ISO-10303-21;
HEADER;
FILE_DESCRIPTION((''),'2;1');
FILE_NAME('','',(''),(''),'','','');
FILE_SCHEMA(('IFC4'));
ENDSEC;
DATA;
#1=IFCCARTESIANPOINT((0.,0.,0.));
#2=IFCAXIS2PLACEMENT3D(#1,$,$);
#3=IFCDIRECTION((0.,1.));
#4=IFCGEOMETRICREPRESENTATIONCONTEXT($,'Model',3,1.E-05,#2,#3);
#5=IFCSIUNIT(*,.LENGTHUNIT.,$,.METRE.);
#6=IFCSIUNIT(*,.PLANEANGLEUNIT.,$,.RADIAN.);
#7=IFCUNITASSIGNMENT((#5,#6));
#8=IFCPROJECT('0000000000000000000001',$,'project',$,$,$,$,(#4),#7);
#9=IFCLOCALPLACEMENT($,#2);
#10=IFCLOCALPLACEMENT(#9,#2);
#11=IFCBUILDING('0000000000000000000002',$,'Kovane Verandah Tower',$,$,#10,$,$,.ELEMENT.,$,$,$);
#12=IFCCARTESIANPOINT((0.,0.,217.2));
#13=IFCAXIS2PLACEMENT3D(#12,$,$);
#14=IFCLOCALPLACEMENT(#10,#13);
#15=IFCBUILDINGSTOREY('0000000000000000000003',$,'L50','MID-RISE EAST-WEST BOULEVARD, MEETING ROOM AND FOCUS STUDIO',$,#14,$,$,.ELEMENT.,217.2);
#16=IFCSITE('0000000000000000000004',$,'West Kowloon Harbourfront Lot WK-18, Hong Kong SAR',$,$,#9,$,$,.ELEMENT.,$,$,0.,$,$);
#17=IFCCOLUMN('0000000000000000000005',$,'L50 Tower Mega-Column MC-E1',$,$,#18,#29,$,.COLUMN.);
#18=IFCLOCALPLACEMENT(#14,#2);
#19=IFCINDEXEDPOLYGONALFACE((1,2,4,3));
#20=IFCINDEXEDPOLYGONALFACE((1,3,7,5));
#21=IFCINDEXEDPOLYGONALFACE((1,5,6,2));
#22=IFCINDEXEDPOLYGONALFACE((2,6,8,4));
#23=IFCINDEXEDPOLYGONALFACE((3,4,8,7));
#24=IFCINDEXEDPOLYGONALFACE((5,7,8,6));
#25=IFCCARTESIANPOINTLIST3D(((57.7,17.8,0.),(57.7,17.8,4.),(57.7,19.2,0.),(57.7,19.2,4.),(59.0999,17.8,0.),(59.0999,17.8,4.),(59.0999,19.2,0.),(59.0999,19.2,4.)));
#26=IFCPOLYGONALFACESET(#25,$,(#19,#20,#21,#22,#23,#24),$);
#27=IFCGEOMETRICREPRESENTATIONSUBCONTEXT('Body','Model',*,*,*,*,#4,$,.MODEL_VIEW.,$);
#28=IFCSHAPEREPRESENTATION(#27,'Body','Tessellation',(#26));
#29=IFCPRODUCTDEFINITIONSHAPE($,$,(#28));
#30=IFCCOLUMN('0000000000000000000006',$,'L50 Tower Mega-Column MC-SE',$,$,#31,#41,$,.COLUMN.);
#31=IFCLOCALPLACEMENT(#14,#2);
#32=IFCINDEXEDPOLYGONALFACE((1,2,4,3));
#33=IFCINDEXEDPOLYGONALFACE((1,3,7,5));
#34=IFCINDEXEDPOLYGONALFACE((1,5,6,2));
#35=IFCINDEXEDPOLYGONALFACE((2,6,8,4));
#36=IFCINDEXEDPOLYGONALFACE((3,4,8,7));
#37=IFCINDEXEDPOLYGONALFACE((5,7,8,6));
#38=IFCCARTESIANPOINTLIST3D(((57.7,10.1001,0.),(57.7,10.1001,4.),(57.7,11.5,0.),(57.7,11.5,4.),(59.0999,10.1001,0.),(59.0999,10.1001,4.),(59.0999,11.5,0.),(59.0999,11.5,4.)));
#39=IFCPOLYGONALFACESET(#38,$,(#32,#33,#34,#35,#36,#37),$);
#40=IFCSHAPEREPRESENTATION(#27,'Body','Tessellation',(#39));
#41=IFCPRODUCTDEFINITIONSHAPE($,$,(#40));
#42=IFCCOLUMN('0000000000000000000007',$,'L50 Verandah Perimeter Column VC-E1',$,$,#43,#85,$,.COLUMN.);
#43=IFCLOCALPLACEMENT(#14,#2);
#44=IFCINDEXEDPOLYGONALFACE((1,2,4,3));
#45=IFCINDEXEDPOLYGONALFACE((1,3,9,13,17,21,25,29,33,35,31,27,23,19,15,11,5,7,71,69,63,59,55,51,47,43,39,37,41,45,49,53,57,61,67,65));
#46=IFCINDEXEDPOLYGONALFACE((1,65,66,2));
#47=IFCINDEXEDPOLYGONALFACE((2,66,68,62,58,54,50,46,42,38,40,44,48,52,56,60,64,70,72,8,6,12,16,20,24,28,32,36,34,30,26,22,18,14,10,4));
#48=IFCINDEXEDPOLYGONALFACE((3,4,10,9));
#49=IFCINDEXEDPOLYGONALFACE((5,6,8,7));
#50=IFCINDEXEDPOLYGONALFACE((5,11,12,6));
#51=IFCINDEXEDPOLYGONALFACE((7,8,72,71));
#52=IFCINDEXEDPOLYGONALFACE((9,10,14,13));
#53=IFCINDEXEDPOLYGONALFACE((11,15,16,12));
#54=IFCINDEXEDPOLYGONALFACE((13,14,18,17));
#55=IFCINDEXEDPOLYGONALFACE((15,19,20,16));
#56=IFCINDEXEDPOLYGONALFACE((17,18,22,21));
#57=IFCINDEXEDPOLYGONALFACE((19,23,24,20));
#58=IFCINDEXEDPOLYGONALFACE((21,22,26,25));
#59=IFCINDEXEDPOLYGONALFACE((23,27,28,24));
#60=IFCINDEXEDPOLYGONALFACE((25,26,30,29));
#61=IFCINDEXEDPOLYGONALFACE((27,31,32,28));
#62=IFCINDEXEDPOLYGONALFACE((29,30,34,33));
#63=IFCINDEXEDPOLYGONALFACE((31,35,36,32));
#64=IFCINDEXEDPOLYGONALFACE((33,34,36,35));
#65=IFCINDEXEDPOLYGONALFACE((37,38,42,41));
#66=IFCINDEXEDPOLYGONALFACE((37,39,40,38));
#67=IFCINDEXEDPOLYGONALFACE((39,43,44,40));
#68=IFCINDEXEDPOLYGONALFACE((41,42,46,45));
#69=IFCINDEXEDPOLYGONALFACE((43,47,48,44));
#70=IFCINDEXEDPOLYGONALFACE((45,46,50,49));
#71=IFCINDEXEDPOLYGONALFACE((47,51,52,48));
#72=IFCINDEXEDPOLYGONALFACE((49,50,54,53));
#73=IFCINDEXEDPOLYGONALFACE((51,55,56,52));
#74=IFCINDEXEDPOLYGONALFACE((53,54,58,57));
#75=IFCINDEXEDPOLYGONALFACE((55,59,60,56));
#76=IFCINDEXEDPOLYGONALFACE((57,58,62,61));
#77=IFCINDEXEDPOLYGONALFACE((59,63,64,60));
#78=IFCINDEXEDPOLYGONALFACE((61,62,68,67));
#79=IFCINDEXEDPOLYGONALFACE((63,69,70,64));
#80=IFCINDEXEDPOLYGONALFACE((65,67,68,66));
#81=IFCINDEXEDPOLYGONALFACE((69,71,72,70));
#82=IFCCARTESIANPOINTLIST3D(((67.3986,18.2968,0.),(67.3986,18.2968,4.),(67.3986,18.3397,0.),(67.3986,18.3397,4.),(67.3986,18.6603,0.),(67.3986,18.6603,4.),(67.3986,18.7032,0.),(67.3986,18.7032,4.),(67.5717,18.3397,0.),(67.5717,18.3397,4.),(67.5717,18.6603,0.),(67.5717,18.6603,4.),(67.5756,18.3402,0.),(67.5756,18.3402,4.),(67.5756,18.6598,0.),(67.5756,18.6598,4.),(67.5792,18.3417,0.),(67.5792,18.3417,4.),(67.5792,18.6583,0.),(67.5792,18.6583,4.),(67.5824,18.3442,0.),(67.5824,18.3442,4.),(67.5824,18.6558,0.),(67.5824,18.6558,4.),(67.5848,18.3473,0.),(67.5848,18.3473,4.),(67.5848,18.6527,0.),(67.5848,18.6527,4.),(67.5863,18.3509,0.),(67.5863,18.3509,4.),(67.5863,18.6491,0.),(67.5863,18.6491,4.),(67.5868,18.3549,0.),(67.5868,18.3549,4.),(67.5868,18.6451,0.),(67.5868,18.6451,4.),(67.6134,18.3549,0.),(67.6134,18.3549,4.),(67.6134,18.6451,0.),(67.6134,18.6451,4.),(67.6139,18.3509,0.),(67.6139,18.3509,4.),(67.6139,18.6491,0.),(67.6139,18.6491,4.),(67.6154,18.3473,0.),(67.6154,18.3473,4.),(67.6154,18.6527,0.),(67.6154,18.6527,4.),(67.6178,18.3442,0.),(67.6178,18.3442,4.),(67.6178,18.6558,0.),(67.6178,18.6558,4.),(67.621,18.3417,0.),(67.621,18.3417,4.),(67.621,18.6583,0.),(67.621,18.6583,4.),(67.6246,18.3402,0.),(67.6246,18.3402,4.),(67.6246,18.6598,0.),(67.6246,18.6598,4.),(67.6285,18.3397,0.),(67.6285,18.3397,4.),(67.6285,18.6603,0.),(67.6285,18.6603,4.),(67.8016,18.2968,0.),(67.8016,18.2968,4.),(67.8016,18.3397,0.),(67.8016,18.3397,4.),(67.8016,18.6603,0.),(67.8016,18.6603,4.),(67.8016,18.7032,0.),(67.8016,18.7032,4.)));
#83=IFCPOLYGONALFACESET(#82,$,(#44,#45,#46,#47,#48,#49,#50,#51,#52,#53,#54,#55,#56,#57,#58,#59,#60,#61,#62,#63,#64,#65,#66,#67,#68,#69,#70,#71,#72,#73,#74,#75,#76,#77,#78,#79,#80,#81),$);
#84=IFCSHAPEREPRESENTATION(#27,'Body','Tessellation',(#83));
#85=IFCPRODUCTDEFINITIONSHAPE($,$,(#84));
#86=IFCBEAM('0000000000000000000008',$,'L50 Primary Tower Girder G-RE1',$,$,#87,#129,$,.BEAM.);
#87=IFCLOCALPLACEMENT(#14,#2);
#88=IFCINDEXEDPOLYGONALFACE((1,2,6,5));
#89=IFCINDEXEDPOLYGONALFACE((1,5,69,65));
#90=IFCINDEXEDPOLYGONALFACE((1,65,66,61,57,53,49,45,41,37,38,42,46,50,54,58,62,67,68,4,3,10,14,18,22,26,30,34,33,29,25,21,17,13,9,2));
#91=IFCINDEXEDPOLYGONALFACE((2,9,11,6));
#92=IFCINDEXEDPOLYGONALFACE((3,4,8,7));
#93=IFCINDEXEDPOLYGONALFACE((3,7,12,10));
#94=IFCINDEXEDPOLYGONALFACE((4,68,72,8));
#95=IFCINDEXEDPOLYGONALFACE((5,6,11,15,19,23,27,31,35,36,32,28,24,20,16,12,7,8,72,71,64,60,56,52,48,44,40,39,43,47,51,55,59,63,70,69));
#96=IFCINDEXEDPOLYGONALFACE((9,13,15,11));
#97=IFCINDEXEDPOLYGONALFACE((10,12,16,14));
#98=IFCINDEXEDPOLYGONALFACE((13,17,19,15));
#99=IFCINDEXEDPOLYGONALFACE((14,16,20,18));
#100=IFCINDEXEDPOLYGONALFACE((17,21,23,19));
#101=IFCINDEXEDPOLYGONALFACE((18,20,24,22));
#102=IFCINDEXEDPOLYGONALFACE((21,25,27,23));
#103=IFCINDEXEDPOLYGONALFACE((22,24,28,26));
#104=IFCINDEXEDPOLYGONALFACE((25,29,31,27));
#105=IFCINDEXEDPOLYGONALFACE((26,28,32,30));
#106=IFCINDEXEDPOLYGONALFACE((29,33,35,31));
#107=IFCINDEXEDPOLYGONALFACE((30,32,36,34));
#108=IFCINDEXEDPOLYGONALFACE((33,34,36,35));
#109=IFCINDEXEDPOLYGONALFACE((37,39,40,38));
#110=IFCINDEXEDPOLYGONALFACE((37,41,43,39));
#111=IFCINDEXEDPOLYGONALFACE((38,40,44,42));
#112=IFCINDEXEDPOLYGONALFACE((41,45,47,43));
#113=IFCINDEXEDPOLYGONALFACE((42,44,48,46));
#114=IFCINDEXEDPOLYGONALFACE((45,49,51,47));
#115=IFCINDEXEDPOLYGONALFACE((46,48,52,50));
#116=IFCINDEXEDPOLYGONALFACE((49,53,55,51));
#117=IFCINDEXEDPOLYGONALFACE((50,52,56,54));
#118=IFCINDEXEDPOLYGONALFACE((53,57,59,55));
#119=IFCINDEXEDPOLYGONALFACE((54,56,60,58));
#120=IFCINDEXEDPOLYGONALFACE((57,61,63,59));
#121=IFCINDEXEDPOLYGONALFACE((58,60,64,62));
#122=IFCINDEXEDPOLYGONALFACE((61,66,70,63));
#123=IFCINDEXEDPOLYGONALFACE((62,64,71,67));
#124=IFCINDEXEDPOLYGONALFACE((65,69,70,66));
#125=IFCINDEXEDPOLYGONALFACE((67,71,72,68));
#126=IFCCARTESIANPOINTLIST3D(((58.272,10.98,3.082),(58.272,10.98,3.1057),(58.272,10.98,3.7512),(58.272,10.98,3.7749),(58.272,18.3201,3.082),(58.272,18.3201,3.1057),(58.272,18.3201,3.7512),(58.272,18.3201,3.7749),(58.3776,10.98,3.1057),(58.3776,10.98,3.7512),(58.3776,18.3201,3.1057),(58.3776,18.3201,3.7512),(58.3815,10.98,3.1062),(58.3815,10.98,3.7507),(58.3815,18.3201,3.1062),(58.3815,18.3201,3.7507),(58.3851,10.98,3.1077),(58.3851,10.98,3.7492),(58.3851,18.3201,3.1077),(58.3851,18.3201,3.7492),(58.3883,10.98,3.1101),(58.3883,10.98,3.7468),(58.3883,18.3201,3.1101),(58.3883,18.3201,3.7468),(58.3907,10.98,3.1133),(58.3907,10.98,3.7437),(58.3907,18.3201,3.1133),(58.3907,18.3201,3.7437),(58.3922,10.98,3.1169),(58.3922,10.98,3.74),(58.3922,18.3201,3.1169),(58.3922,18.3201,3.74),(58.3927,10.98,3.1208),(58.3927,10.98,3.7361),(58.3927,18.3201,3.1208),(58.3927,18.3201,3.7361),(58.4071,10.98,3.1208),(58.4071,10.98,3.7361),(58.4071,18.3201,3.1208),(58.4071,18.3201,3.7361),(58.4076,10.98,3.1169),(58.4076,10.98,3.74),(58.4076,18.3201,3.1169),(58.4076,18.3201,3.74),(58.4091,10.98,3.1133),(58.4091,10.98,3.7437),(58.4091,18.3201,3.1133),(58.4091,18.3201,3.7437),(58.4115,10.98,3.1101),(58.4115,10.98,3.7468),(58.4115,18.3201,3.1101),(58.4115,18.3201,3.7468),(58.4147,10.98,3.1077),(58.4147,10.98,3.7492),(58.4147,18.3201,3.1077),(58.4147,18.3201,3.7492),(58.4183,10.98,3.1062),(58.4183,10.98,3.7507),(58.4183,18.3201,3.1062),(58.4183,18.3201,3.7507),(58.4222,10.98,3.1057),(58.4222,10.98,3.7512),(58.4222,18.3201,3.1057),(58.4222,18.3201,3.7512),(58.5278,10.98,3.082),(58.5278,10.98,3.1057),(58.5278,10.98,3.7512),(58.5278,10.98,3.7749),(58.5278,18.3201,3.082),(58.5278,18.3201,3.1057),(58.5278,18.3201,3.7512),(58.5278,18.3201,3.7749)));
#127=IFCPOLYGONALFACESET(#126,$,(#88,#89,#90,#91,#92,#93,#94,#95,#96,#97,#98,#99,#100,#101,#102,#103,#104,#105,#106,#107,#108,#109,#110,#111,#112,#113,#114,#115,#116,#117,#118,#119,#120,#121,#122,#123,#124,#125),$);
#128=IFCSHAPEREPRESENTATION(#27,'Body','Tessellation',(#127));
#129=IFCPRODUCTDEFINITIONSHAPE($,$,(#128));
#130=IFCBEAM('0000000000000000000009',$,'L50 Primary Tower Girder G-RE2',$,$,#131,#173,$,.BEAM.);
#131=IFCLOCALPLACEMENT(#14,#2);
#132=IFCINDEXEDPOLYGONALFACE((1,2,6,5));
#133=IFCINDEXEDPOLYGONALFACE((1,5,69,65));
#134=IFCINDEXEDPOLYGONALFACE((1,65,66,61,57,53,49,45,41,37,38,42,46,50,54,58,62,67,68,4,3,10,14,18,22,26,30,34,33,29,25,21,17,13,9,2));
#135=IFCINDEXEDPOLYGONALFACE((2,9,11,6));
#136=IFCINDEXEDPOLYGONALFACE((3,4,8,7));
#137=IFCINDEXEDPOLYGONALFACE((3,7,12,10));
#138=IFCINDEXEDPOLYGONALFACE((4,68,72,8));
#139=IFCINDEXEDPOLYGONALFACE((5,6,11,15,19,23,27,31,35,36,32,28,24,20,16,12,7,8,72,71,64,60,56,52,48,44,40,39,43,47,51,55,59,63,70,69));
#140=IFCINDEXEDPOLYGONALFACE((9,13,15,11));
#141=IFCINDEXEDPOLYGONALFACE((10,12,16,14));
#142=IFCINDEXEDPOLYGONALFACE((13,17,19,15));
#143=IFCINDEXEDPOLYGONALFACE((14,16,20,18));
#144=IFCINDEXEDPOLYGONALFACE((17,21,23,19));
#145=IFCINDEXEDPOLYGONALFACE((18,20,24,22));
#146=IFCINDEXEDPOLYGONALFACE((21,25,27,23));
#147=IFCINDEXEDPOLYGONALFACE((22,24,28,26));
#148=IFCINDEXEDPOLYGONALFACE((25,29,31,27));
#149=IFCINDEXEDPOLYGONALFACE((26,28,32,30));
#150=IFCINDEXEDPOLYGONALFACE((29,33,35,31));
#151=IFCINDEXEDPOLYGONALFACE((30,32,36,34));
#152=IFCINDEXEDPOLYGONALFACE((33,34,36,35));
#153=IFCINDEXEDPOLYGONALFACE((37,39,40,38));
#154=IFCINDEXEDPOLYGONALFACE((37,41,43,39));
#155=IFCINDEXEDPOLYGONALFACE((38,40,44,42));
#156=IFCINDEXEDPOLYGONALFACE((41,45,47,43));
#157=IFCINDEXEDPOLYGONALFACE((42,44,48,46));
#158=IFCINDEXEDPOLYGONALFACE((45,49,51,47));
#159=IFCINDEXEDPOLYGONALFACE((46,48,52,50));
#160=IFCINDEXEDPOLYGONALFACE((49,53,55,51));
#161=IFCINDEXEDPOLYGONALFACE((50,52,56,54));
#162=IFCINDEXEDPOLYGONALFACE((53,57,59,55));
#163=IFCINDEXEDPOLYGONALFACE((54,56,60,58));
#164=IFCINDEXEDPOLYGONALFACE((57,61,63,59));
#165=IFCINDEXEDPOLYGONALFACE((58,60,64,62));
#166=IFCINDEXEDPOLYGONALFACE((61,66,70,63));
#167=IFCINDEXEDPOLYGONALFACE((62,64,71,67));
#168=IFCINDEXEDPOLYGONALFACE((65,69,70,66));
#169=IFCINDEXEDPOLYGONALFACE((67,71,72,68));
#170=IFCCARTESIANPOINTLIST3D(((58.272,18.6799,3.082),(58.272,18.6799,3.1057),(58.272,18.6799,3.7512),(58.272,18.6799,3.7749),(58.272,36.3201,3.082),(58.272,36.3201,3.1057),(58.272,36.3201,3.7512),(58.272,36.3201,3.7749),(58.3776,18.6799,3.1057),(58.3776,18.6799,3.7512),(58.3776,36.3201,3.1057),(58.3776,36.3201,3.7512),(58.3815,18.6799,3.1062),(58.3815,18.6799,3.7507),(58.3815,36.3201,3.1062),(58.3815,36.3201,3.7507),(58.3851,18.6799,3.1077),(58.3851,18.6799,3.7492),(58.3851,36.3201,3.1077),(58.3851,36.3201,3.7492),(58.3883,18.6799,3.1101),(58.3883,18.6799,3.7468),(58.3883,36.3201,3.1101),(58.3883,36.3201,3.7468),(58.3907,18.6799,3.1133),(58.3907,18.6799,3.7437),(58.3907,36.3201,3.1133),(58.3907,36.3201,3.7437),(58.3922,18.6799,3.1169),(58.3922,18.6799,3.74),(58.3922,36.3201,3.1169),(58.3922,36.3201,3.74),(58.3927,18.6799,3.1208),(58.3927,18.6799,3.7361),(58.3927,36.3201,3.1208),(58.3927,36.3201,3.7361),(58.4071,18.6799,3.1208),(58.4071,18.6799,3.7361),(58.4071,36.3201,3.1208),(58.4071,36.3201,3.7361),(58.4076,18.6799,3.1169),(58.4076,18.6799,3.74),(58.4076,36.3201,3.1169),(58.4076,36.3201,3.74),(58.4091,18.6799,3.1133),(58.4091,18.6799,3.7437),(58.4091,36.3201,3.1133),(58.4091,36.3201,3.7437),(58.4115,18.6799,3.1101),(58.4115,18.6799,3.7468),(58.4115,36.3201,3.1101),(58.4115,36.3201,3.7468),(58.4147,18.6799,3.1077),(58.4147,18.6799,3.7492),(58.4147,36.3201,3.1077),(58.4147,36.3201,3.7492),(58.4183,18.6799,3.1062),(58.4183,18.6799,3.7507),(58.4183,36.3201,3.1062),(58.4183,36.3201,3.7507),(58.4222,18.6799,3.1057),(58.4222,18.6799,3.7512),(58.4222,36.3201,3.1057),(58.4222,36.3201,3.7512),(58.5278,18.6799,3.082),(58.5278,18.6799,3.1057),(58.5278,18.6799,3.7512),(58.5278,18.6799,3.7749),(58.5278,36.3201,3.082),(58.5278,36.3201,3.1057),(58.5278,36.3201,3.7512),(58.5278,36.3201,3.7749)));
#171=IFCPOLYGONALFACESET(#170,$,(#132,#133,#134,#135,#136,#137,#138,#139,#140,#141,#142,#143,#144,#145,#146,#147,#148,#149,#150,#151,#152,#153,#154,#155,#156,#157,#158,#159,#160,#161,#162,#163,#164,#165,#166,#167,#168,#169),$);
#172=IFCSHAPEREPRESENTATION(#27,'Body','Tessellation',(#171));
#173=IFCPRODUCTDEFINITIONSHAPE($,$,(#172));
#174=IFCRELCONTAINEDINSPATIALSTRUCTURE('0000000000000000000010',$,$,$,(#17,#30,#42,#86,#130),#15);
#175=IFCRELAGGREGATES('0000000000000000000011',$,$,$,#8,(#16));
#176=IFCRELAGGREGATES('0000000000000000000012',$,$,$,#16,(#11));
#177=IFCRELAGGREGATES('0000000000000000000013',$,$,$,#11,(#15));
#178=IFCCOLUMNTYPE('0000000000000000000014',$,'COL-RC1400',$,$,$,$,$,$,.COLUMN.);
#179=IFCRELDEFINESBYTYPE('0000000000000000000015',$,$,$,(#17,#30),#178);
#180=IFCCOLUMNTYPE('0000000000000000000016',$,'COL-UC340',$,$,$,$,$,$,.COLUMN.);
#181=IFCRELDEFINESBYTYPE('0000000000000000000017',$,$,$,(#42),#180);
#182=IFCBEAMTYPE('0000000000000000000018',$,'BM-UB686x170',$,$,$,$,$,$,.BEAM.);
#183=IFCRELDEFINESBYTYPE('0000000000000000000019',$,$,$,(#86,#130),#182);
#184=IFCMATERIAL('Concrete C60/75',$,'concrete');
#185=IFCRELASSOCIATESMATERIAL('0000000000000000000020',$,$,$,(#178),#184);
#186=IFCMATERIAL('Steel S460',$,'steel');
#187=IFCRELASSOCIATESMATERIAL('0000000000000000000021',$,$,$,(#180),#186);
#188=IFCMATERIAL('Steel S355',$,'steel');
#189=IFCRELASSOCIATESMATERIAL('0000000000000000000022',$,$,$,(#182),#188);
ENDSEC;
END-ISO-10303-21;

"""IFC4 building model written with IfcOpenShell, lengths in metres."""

from ifc_helpers import new_model, si_unit, direction, frame, origin, origin_2d, place, context, subcontext, project, spatial, rectangle, i_section, extrude, material, material_profile, profile_set, type_object, element, save


model = new_model("IFC4")

# Units and contexts
model_context = context("Model", 3, precision=1e-05, world=origin(), true_north=direction((0.0, 1.0)))
body_context = subcontext(model_context, "Body", "Model", "MODEL_VIEW")
ifc_project = project(units=[si_unit("LENGTHUNIT", "METRE"), si_unit("PLANEANGLEUNIT", "RADIAN")], contexts=[model_context])

# Site, building, storey
site_placement = place(None, origin())
site = spatial("IfcSite", under=ifc_project, at=site_placement, Name="West Kowloon Harbourfront Lot WK-18, Hong Kong SAR", CompositionType="ELEMENT", RefElevation=0.0)
building_placement = place(site_placement, origin())
building = spatial("IfcBuilding", under=site, at=building_placement, Name="Kovane Verandah Tower", CompositionType="ELEMENT")
storey_placement = place(building_placement, frame((0.0, 0.0, 217.2)))
storey = spatial("IfcBuildingStorey", under=building, at=storey_placement, Name="L50", Description="MID-RISE EAST-WEST BOULEVARD, MEETING ROOM AND FOCUS STUDIO", CompositionType="ELEMENT", Elevation=217.2)

# Columns
ifc_material_1 = material(Name="Concrete C60/75", Category="concrete")
ifc_material_profile_1 = material_profile(ifc_material_1, rectangle(XDim=1.3999, YDim=1.3999, at=origin_2d()), Name="RC1400x1400")
ifc_profile_set_1 = profile_set([ifc_material_profile_1], Name="Concrete C60/75")
column_type_1 = type_object("IfcColumnType", Name="COL-RC1400", PredefinedType="COLUMN", material=ifc_profile_set_1)
for number, where, z_axis, x_axis, name in (
    (1, (58.3999, 18.5, 0.0), (0.0, 0.0, 1.0), (1.0, 0.0, 0.0), "L50 Tower Mega-Column MC-E1"),
    (2, (58.3999, 10.8, 0.0), (0.0, 0.0, 1.0), (1.0, 0.0, 0.0), "L50 Tower Mega-Column MC-SE"),
):
    element("IfcColumn", number, at=place(storey_placement, frame(where, z_axis=z_axis, x_axis=x_axis)), inside=storey, type_object=column_type_1, Name=name, PredefinedType="COLUMN", context=body_context, shape_type="SweptSolid", body=[
        extrude(rectangle(XDim=1.3999, YDim=1.3999, at=origin_2d()), origin(), (0.0, 0.0, 1.0), 4.0),
    ])
ifc_material_2 = material(Name="Steel S460", Category="steel")
ifc_material_profile_2 = material_profile(ifc_material_2, i_section(OverallWidth=0.4031, OverallDepth=0.4065, WebThickness=0.0266, FlangeThickness=0.043, FilletRadius=0.0151, at=origin_2d()), Name="UC356x406x340")
ifc_profile_set_2 = profile_set([ifc_material_profile_2], Name="Steel S460")
column_type_2 = type_object("IfcColumnType", Name="COL-UC340", PredefinedType="COLUMN", material=ifc_profile_set_2)
column_placement = place(storey_placement, frame((67.6001, 18.5, 0.0), z_axis=(0.0, 0.0, 1.0), x_axis=(1.0, 0.0, 0.0)))
element("IfcColumn", 3, at=column_placement, inside=storey, type_object=column_type_2, Name="L50 Verandah Perimeter Column VC-E1", PredefinedType="COLUMN", context=body_context, shape_type="SweptSolid", body=[
    extrude(i_section(OverallWidth=0.4031, OverallDepth=0.4065, WebThickness=0.0266, FlangeThickness=0.043, FilletRadius=0.0151, at=origin_2d()), origin(), (0.0, 0.0, 1.0), 4.0),
])

# Beams
ifc_material_3 = material(Name="Steel S355", Category="steel")
ifc_material_profile_3 = material_profile(ifc_material_3, i_section(OverallWidth=0.2559, OverallDepth=0.6929, WebThickness=0.0144, FlangeThickness=0.0237, FilletRadius=0.0151, at=origin_2d()), Name="UB686x254x170")
ifc_profile_set_3 = profile_set([ifc_material_profile_3], Name="Steel S355")
beam_type_1 = type_object("IfcBeamType", Name="BM-UB686x170", PredefinedType="BEAM", material=ifc_profile_set_3)
beam_1_placement = place(storey_placement, frame((58.3999, 10.98, 3.4285), z_axis=(0.0, 1.0, 0.0), x_axis=(-1.0, 0.0, 0.0)))
element("IfcBeam", 4, at=beam_1_placement, inside=storey, type_object=beam_type_1, Name="L50 Primary Tower Girder G-RE1", PredefinedType="BEAM", context=body_context, shape_type="SweptSolid", body=[
    extrude(i_section(OverallWidth=0.2559, OverallDepth=0.6929, WebThickness=0.0144, FlangeThickness=0.0237, FilletRadius=0.0151, at=origin_2d()), origin(), (0.0, 0.0, 1.0), 7.3401),
])
beam_2_placement = place(storey_placement, frame((58.3999, 18.6799, 3.4285), z_axis=(0.0, 1.0, 0.0), x_axis=(-1.0, 0.0, 0.0)))
element("IfcBeam", 5, at=beam_2_placement, inside=storey, type_object=beam_type_1, Name="L50 Primary Tower Girder G-RE2", PredefinedType="BEAM", context=body_context, shape_type="SweptSolid", body=[
    extrude(i_section(OverallWidth=0.2559, OverallDepth=0.6929, WebThickness=0.0144, FlangeThickness=0.0237, FilletRadius=0.0151, at=origin_2d()), origin(), (0.0, 0.0, 1.0), 17.6401),
])

save(model, "model.ifc")
